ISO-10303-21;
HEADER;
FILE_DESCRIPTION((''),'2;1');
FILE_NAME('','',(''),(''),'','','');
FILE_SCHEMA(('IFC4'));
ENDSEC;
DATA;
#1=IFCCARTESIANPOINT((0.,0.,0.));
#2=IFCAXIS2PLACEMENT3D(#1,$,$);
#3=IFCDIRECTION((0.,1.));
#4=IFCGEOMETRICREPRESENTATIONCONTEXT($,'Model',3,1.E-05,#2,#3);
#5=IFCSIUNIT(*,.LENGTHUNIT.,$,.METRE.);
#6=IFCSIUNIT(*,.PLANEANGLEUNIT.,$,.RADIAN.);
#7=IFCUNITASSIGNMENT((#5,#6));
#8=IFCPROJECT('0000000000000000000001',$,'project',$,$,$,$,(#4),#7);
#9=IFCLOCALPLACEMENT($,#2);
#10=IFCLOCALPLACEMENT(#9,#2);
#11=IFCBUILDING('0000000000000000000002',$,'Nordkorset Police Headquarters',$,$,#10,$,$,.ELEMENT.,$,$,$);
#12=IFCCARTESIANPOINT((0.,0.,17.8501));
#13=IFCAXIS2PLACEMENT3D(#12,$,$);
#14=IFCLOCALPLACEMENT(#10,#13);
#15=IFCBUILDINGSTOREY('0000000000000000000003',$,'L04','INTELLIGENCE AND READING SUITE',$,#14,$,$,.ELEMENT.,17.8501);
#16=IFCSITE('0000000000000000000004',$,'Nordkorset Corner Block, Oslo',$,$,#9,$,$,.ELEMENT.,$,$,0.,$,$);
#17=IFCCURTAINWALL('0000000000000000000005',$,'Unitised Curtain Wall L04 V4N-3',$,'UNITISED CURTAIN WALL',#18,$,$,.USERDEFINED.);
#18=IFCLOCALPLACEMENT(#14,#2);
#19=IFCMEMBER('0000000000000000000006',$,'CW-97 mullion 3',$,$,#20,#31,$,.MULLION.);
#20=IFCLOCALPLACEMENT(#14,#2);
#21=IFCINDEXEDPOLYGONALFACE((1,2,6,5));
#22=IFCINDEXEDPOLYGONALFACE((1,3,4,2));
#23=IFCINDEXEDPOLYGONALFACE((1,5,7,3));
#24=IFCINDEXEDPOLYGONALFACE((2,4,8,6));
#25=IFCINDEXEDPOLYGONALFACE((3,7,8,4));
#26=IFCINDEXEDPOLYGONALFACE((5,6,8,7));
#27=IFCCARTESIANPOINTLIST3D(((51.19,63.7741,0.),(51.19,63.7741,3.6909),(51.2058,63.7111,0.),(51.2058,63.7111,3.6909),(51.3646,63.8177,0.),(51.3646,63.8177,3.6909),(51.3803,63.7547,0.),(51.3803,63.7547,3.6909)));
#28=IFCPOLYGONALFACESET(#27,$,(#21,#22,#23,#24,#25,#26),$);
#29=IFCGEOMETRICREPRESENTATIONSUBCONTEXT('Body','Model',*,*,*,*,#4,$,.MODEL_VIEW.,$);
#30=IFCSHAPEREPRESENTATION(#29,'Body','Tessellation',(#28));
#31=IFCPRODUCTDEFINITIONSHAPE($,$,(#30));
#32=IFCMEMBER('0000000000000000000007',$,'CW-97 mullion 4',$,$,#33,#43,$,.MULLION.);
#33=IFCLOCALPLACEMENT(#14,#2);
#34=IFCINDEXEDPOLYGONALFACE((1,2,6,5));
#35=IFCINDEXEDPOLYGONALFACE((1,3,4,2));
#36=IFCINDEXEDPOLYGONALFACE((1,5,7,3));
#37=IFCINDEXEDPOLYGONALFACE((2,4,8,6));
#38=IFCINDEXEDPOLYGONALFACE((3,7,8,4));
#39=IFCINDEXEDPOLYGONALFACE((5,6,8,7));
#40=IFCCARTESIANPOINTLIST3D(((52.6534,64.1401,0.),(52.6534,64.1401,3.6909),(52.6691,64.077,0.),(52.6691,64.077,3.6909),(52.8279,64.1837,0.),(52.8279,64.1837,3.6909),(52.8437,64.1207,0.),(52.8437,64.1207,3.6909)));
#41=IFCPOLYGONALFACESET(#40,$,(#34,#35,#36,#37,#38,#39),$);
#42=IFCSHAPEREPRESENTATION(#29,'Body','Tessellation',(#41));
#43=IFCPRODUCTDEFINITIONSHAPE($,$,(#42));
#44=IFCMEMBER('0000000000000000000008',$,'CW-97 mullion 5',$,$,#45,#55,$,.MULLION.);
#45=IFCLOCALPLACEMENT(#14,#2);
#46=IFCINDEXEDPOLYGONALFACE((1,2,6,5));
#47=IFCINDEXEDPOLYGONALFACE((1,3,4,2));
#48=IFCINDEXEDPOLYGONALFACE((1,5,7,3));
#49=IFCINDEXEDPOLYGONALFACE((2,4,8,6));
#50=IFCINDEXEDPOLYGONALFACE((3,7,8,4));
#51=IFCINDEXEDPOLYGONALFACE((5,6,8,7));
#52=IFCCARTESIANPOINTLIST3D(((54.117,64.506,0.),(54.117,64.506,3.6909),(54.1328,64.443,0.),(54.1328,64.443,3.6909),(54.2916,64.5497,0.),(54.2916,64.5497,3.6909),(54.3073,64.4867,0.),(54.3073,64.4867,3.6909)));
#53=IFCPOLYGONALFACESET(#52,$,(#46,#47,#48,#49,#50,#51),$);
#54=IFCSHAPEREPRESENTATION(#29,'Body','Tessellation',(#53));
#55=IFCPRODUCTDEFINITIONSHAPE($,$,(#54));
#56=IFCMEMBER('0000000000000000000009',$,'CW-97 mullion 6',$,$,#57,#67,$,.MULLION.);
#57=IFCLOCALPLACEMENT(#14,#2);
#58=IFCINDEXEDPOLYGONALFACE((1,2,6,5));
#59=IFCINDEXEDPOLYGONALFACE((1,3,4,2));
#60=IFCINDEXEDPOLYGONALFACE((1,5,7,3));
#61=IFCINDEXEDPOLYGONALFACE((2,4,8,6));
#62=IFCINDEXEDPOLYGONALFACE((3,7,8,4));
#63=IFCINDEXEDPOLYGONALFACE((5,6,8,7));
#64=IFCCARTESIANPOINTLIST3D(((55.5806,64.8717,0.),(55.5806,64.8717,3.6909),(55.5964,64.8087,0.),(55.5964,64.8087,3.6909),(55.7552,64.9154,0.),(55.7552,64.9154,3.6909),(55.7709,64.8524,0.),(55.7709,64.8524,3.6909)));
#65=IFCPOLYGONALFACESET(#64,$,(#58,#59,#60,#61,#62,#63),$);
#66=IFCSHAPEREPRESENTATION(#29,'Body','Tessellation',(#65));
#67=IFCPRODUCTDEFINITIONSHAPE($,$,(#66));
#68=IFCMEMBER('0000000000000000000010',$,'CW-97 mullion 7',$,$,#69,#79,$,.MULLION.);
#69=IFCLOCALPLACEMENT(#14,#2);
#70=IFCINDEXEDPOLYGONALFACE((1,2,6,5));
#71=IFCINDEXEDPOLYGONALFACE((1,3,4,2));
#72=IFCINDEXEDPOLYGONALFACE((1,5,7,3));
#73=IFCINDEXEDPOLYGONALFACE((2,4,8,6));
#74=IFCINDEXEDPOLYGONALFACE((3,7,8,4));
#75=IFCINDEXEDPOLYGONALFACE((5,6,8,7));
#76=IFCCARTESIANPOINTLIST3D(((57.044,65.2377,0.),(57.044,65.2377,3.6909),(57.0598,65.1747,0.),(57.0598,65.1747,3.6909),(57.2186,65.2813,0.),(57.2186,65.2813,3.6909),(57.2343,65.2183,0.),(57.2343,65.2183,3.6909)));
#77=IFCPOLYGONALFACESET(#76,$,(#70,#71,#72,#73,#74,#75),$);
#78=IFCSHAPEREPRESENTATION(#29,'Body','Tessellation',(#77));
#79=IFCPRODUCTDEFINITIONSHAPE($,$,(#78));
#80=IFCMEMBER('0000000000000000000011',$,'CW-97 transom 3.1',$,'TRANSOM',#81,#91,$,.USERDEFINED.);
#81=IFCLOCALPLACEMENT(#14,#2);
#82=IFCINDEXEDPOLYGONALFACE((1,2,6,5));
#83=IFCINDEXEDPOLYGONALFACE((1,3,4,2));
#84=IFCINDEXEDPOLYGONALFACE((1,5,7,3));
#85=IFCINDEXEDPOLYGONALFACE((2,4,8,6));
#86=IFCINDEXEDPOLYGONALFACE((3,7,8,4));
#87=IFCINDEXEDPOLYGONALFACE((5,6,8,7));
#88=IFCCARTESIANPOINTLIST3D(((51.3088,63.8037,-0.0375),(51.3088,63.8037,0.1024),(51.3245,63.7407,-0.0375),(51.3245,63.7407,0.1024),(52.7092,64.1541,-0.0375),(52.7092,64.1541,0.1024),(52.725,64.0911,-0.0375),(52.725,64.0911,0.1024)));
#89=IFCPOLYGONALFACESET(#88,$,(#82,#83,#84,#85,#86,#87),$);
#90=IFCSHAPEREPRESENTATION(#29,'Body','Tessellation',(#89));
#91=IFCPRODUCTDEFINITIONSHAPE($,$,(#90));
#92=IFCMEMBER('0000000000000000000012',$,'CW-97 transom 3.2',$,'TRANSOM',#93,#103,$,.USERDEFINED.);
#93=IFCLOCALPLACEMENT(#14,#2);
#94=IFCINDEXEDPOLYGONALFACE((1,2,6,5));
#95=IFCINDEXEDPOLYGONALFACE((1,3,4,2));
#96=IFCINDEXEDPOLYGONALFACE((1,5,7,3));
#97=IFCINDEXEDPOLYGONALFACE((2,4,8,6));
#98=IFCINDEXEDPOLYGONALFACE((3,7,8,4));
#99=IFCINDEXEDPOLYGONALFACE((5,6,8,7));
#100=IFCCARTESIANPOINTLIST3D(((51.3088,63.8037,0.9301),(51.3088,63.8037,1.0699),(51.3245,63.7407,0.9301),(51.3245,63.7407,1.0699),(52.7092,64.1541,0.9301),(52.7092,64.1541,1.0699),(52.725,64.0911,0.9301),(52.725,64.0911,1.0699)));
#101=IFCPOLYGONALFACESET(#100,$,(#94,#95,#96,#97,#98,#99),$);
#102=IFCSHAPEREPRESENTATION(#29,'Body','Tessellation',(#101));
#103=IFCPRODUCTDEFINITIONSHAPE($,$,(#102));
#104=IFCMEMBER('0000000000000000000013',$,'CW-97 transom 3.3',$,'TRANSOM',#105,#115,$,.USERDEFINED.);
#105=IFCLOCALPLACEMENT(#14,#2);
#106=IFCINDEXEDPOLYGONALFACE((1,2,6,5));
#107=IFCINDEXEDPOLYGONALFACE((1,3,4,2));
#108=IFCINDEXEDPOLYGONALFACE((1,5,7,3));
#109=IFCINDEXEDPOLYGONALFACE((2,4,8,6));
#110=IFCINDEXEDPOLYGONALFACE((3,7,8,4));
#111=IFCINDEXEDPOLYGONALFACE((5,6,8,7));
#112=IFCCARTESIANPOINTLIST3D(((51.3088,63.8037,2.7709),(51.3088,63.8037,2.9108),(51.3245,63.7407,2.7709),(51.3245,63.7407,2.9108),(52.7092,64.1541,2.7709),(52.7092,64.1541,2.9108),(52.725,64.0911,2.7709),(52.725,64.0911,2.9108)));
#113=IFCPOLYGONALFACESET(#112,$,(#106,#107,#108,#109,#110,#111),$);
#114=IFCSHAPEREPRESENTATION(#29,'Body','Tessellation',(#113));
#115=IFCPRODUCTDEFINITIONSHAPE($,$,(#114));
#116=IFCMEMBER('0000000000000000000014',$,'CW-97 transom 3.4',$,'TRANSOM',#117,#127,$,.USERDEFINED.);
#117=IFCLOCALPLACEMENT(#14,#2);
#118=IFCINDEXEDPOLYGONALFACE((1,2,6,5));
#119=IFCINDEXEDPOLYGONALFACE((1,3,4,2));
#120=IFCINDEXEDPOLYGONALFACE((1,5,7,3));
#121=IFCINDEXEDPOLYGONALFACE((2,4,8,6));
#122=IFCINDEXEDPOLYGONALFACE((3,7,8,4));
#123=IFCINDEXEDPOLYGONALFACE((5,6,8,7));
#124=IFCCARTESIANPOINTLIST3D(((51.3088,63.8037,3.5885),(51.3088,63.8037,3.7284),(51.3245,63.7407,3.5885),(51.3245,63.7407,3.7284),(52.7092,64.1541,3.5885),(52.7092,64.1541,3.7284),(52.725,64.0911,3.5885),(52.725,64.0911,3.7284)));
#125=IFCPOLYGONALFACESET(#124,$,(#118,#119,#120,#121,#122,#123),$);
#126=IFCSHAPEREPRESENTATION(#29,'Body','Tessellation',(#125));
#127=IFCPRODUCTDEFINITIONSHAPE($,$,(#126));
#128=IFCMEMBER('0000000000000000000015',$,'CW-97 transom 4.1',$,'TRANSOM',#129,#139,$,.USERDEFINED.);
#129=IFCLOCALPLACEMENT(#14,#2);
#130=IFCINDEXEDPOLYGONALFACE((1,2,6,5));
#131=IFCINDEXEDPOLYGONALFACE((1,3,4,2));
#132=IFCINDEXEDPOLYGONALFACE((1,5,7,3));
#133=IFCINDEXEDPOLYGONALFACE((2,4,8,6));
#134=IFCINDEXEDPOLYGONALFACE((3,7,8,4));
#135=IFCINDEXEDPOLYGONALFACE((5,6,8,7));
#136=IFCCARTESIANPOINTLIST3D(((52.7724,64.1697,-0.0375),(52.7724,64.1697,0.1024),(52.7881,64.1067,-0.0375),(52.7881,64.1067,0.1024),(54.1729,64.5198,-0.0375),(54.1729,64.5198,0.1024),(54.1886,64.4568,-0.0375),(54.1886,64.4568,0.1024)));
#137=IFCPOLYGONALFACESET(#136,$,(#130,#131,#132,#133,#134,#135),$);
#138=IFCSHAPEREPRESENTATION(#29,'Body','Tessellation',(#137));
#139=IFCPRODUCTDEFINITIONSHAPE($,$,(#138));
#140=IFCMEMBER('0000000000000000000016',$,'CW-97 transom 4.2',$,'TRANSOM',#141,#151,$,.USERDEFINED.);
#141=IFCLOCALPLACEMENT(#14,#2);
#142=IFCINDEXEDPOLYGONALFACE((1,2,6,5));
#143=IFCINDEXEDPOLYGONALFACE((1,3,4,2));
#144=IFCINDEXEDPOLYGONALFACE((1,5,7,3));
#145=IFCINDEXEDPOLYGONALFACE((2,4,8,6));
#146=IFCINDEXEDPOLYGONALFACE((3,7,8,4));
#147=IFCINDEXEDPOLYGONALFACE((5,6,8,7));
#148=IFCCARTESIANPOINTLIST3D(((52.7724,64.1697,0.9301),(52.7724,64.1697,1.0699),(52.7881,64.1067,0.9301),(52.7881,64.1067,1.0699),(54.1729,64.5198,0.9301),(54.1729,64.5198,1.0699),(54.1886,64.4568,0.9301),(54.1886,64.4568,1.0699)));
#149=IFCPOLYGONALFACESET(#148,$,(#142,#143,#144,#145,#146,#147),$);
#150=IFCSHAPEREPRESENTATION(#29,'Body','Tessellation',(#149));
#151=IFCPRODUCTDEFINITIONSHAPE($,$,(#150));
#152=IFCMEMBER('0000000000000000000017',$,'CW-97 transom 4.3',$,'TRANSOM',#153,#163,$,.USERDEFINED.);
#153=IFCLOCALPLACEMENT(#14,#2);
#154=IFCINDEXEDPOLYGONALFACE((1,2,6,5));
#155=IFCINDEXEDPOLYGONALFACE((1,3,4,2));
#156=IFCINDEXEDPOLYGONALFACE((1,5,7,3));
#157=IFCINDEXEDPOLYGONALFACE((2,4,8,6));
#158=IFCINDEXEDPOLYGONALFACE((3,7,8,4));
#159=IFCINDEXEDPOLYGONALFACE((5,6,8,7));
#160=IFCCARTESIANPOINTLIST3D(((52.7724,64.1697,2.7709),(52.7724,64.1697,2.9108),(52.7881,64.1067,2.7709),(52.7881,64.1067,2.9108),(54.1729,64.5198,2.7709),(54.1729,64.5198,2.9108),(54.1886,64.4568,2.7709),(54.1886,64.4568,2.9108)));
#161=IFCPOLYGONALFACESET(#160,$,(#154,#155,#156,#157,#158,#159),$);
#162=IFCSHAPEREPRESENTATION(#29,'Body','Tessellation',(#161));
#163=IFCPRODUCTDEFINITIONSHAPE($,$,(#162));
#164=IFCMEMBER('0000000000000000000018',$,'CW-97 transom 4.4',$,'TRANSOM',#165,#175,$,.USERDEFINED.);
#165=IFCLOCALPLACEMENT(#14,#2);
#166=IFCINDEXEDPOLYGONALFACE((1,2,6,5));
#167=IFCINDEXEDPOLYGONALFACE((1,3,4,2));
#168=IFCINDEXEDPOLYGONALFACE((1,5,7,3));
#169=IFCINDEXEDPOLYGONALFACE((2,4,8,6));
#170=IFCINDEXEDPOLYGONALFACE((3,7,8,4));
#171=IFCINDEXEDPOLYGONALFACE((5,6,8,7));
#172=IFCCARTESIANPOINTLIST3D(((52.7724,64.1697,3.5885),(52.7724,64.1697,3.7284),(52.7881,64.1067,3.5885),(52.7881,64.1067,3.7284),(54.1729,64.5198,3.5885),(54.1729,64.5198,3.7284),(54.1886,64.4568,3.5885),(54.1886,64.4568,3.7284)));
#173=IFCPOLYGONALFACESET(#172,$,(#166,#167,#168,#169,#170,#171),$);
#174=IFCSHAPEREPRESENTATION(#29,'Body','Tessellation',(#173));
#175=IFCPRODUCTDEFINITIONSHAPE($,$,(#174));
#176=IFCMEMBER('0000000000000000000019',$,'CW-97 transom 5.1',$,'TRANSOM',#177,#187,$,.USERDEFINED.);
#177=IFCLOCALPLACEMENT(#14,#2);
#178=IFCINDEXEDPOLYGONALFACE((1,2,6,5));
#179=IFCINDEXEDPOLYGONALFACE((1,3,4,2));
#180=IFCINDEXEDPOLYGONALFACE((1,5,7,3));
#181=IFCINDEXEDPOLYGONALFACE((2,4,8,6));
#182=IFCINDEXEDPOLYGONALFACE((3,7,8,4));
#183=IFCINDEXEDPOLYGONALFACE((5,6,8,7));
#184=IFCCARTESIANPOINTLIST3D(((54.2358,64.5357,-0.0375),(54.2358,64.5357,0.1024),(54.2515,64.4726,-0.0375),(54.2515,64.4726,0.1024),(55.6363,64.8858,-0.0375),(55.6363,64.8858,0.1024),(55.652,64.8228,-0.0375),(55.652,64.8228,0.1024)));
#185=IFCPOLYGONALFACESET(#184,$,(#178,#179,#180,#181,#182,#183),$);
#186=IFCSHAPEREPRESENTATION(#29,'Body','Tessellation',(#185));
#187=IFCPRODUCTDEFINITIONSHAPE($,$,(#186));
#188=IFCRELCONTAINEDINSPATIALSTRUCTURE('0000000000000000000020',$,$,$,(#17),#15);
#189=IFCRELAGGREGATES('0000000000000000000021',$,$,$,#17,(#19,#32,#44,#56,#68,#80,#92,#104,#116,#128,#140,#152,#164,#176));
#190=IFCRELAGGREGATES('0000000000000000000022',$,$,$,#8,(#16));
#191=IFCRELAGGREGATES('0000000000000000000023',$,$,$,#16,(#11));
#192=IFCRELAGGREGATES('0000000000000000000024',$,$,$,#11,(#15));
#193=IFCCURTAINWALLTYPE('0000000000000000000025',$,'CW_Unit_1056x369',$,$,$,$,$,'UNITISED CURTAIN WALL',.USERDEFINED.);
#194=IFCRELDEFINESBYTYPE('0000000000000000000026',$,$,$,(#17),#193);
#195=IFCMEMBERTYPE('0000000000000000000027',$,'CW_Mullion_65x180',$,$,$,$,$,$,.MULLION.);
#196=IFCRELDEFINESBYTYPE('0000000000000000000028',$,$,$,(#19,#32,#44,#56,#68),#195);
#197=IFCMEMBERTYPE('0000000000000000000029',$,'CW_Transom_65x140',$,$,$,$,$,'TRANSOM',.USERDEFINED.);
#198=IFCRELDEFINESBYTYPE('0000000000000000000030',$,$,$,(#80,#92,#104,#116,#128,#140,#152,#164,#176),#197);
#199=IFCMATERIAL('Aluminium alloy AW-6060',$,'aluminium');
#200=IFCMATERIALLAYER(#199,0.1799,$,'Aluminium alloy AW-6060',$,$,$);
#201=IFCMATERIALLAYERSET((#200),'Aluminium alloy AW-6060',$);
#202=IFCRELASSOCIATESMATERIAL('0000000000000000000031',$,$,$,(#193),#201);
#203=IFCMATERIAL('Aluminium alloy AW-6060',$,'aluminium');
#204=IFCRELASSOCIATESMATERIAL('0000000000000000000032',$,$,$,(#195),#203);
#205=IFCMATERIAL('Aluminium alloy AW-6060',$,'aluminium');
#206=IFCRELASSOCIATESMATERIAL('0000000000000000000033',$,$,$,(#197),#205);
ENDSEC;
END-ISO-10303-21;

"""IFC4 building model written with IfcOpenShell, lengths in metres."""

from ifc_helpers import new_model, si_unit, direction, frame, origin, origin_2d, place, context, subcontext, project, spatial, rectangle, extrude, material, layer, layer_set, material_profile, profile_set, type_object, element, aggregate, save


model = new_model("IFC4")

# Units and contexts
model_context = context("Model", 3, precision=1e-05, world=origin(), true_north=direction((0.0, 1.0)))
body_context = subcontext(model_context, "Body", "Model", "MODEL_VIEW")
ifc_project = project(units=[si_unit("LENGTHUNIT", "METRE"), si_unit("PLANEANGLEUNIT", "RADIAN")], contexts=[model_context])

# Site, building, storey
site_placement = place(None, origin())
site = spatial("IfcSite", under=ifc_project, at=site_placement, Name="Nordkorset Corner Block, Oslo", CompositionType="ELEMENT", RefElevation=0.0)
building_placement = place(site_placement, origin())
building = spatial("IfcBuilding", under=site, at=building_placement, Name="Nordkorset Police Headquarters", CompositionType="ELEMENT")
storey_placement = place(building_placement, frame((0.0, 0.0, 17.8501)))
storey = spatial("IfcBuildingStorey", under=building, at=storey_placement, Name="L04", Description="INTELLIGENCE AND READING SUITE", CompositionType="ELEMENT", Elevation=17.8501)

# Curtain wall, members
ifc_material_1 = material(Name="Aluminium alloy AW-6060", Category="aluminium")
ifc_layer_1 = layer(ifc_material_1, 0.1799, Name="Aluminium alloy AW-6060")
ifc_layer_set_1 = layer_set([ifc_layer_1], Name="Aluminium alloy AW-6060")
curtain_wall_type = type_object("IfcCurtainWallType", Name="CW_Unit_1056x369", ElementType="UNITISED CURTAIN WALL", PredefinedType="USERDEFINED", material=ifc_layer_set_1)
curtain_wall_placement = place(storey_placement, origin())
curtain_wall = element("IfcCurtainWall", 1, at=curtain_wall_placement, inside=storey, type_object=curtain_wall_type, Name="Unitised Curtain Wall L04 V4N-3", ObjectType="UNITISED CURTAIN WALL", PredefinedType="USERDEFINED")
ifc_material_2 = material(Name="Aluminium alloy AW-6060", Category="aluminium")
ifc_material_profile_1 = material_profile(ifc_material_2, rectangle(XDim=0.0649, YDim=0.1799, at=origin_2d()), Name="ALU MULL 65x180")
ifc_profile_set_1 = profile_set([ifc_material_profile_1], Name="Aluminium alloy AW-6060")
member_type_1 = type_object("IfcMemberType", Name="CW_Mullion_65x180", PredefinedType="MULLION", material=ifc_profile_set_1)
member_1_placement = place(storey_placement, frame((51.2852, 63.7644, 0.0), z_axis=(0.0, 0.0, 1.0), x_axis=(-0.242536, 0.970142, 0.0)))
member_1 = element("IfcMember", 2, at=member_1_placement, type_object=member_type_1, Name="CW-97 mullion 3", PredefinedType="MULLION", context=body_context, shape_type="SweptSolid", body=[
    extrude(rectangle(XDim=0.0649, YDim=0.1799, at=origin_2d()), origin(), (0.0, 0.0, 1.0), 3.6909),
])
member_2_placement = place(storey_placement, frame((52.7485, 64.1304, 0.0), z_axis=(0.0, 0.0, 1.0), x_axis=(-0.242536, 0.970142, 0.0)))
member_2 = element("IfcMember", 3, at=member_2_placement, type_object=member_type_1, Name="CW-97 mullion 4", PredefinedType="MULLION", context=body_context, shape_type="SweptSolid", body=[
    extrude(rectangle(XDim=0.0649, YDim=0.1799, at=origin_2d()), origin(), (0.0, 0.0, 1.0), 3.6909),
])
member_3_placement = place(storey_placement, frame((54.2122, 64.4963, 0.0), z_axis=(0.0, 0.0, 1.0), x_axis=(-0.242536, 0.970142, 0.0)))
member_3 = element("IfcMember", 4, at=member_3_placement, type_object=member_type_1, Name="CW-97 mullion 5", PredefinedType="MULLION", context=body_context, shape_type="SweptSolid", body=[
    extrude(rectangle(XDim=0.0649, YDim=0.1799, at=origin_2d()), origin(), (0.0, 0.0, 1.0), 3.6909),
])
member_4_placement = place(storey_placement, frame((55.6758, 64.8621, 0.0), z_axis=(0.0, 0.0, 1.0), x_axis=(-0.242536, 0.970142, 0.0)))
member_4 = element("IfcMember", 5, at=member_4_placement, type_object=member_type_1, Name="CW-97 mullion 6", PredefinedType="MULLION", context=body_context, shape_type="SweptSolid", body=[
    extrude(rectangle(XDim=0.0649, YDim=0.1799, at=origin_2d()), origin(), (0.0, 0.0, 1.0), 3.6909),
])
member_5_placement = place(storey_placement, frame((57.1392, 65.228, 0.0), z_axis=(0.0, 0.0, 1.0), x_axis=(-0.242536, 0.970142, 0.0)))
member_5 = element("IfcMember", 6, at=member_5_placement, type_object=member_type_1, Name="CW-97 mullion 7", PredefinedType="MULLION", context=body_context, shape_type="SweptSolid", body=[
    extrude(rectangle(XDim=0.0649, YDim=0.1799, at=origin_2d()), origin(), (0.0, 0.0, 1.0), 3.6909),
])
ifc_material_3 = material(Name="Aluminium alloy AW-6060", Category="aluminium")
ifc_material_profile_2 = material_profile(ifc_material_3, rectangle(XDim=0.0649, YDim=0.1399, at=origin_2d()), Name="ALU TRAN 65x140")
ifc_profile_set_2 = profile_set([ifc_material_profile_2], Name="Aluminium alloy AW-6060")
member_type_2 = type_object("IfcMemberType", Name="CW_Transom_65x140", ElementType="TRANSOM", PredefinedType="USERDEFINED", material=ifc_profile_set_2)
member_6_placement = place(storey_placement, frame((51.3167, 63.7722, 0.0325), z_axis=(0.970103, 0.242695, 0.0), x_axis=(-0.242695, 0.970103, 0.0)))
member_6 = element("IfcMember", 7, at=member_6_placement, type_object=member_type_2, Name="CW-97 transom 3.1", ObjectType="TRANSOM", PredefinedType="USERDEFINED", context=body_context, shape_type="SweptSolid", body=[
    extrude(rectangle(XDim=0.0649, YDim=0.1399, at=origin_2d()), origin(), (0.0, 0.0, 1.0), 1.4436),
])
member_7_placement = place(storey_placement, frame((51.3167, 63.7722, 1.0), z_axis=(0.970103, 0.242695, 0.0), x_axis=(-0.242695, 0.970103, 0.0)))
member_7 = element("IfcMember", 8, at=member_7_placement, type_object=member_type_2, Name="CW-97 transom 3.2", ObjectType="TRANSOM", PredefinedType="USERDEFINED", context=body_context, shape_type="SweptSolid", body=[
    extrude(rectangle(XDim=0.0649, YDim=0.1399, at=origin_2d()), origin(), (0.0, 0.0, 1.0), 1.4436),
])
member_8_placement = place(storey_placement, frame((51.3167, 63.7722, 2.8408), z_axis=(0.970103, 0.242695, 0.0), x_axis=(-0.242695, 0.970103, 0.0)))
member_8 = element("IfcMember", 9, at=member_8_placement, type_object=member_type_2, Name="CW-97 transom 3.3", ObjectType="TRANSOM", PredefinedType="USERDEFINED", context=body_context, shape_type="SweptSolid", body=[
    extrude(rectangle(XDim=0.0649, YDim=0.1399, at=origin_2d()), origin(), (0.0, 0.0, 1.0), 1.4436),
])
member_9_placement = place(storey_placement, frame((51.3167, 63.7722, 3.6584), z_axis=(0.970103, 0.242695, 0.0), x_axis=(-0.242695, 0.970103, 0.0)))
member_9 = element("IfcMember", 10, at=member_9_placement, type_object=member_type_2, Name="CW-97 transom 3.4", ObjectType="TRANSOM", PredefinedType="USERDEFINED", context=body_context, shape_type="SweptSolid", body=[
    extrude(rectangle(XDim=0.0649, YDim=0.1399, at=origin_2d()), origin(), (0.0, 0.0, 1.0), 1.4436),
])
member_10_placement = place(storey_placement, frame((52.7803, 64.1382, 0.0325), z_axis=(0.970143, 0.242536, 0.0), x_axis=(-0.242536, 0.970143, 0.0)))
member_10 = element("IfcMember", 11, at=member_10_placement, type_object=member_type_2, Name="CW-97 transom 4.1", ObjectType="TRANSOM", PredefinedType="USERDEFINED", context=body_context, shape_type="SweptSolid", body=[
    extrude(rectangle(XDim=0.0649, YDim=0.1399, at=origin_2d()), origin(), (0.0, 0.0, 1.0), 1.4436),
])
member_11_placement = place(storey_placement, frame((52.7803, 64.1382, 1.0), z_axis=(0.970143, 0.242536, 0.0), x_axis=(-0.242536, 0.970143, 0.0)))
member_11 = element("IfcMember", 12, at=member_11_placement, type_object=member_type_2, Name="CW-97 transom 4.2", ObjectType="TRANSOM", PredefinedType="USERDEFINED", context=body_context, shape_type="SweptSolid", body=[
    extrude(rectangle(XDim=0.0649, YDim=0.1399, at=origin_2d()), origin(), (0.0, 0.0, 1.0), 1.4436),
])
member_12_placement = place(storey_placement, frame((52.7803, 64.1382, 2.8408), z_axis=(0.970143, 0.242536, 0.0), x_axis=(-0.242536, 0.970143, 0.0)))
member_12 = element("IfcMember", 13, at=member_12_placement, type_object=member_type_2, Name="CW-97 transom 4.3", ObjectType="TRANSOM", PredefinedType="USERDEFINED", context=body_context, shape_type="SweptSolid", body=[
    extrude(rectangle(XDim=0.0649, YDim=0.1399, at=origin_2d()), origin(), (0.0, 0.0, 1.0), 1.4436),
])
member_13_placement = place(storey_placement, frame((52.7803, 64.1382, 3.6584), z_axis=(0.970143, 0.242536, 0.0), x_axis=(-0.242536, 0.970143, 0.0)))
member_13 = element("IfcMember", 14, at=member_13_placement, type_object=member_type_2, Name="CW-97 transom 4.4", ObjectType="TRANSOM", PredefinedType="USERDEFINED", context=body_context, shape_type="SweptSolid", body=[
    extrude(rectangle(XDim=0.0649, YDim=0.1399, at=origin_2d()), origin(), (0.0, 0.0, 1.0), 1.4436),
])
member_14_placement = place(storey_placement, frame((54.2437, 64.5042, 0.0325), z_axis=(0.970143, 0.242536, 0.0), x_axis=(-0.242536, 0.970143, 0.0)))
member_14 = element("IfcMember", 15, at=member_14_placement, type_object=member_type_2, Name="CW-97 transom 5.1", ObjectType="TRANSOM", PredefinedType="USERDEFINED", context=body_context, shape_type="SweptSolid", body=[
    extrude(rectangle(XDim=0.0649, YDim=0.1399, at=origin_2d()), origin(), (0.0, 0.0, 1.0), 1.4436),
])
aggregate(curtain_wall, [member_1, member_2, member_3, member_4, member_5, member_6, member_7, member_8, member_9, member_10, member_11, member_12, member_13, member_14])

save(model, "model.ifc")
